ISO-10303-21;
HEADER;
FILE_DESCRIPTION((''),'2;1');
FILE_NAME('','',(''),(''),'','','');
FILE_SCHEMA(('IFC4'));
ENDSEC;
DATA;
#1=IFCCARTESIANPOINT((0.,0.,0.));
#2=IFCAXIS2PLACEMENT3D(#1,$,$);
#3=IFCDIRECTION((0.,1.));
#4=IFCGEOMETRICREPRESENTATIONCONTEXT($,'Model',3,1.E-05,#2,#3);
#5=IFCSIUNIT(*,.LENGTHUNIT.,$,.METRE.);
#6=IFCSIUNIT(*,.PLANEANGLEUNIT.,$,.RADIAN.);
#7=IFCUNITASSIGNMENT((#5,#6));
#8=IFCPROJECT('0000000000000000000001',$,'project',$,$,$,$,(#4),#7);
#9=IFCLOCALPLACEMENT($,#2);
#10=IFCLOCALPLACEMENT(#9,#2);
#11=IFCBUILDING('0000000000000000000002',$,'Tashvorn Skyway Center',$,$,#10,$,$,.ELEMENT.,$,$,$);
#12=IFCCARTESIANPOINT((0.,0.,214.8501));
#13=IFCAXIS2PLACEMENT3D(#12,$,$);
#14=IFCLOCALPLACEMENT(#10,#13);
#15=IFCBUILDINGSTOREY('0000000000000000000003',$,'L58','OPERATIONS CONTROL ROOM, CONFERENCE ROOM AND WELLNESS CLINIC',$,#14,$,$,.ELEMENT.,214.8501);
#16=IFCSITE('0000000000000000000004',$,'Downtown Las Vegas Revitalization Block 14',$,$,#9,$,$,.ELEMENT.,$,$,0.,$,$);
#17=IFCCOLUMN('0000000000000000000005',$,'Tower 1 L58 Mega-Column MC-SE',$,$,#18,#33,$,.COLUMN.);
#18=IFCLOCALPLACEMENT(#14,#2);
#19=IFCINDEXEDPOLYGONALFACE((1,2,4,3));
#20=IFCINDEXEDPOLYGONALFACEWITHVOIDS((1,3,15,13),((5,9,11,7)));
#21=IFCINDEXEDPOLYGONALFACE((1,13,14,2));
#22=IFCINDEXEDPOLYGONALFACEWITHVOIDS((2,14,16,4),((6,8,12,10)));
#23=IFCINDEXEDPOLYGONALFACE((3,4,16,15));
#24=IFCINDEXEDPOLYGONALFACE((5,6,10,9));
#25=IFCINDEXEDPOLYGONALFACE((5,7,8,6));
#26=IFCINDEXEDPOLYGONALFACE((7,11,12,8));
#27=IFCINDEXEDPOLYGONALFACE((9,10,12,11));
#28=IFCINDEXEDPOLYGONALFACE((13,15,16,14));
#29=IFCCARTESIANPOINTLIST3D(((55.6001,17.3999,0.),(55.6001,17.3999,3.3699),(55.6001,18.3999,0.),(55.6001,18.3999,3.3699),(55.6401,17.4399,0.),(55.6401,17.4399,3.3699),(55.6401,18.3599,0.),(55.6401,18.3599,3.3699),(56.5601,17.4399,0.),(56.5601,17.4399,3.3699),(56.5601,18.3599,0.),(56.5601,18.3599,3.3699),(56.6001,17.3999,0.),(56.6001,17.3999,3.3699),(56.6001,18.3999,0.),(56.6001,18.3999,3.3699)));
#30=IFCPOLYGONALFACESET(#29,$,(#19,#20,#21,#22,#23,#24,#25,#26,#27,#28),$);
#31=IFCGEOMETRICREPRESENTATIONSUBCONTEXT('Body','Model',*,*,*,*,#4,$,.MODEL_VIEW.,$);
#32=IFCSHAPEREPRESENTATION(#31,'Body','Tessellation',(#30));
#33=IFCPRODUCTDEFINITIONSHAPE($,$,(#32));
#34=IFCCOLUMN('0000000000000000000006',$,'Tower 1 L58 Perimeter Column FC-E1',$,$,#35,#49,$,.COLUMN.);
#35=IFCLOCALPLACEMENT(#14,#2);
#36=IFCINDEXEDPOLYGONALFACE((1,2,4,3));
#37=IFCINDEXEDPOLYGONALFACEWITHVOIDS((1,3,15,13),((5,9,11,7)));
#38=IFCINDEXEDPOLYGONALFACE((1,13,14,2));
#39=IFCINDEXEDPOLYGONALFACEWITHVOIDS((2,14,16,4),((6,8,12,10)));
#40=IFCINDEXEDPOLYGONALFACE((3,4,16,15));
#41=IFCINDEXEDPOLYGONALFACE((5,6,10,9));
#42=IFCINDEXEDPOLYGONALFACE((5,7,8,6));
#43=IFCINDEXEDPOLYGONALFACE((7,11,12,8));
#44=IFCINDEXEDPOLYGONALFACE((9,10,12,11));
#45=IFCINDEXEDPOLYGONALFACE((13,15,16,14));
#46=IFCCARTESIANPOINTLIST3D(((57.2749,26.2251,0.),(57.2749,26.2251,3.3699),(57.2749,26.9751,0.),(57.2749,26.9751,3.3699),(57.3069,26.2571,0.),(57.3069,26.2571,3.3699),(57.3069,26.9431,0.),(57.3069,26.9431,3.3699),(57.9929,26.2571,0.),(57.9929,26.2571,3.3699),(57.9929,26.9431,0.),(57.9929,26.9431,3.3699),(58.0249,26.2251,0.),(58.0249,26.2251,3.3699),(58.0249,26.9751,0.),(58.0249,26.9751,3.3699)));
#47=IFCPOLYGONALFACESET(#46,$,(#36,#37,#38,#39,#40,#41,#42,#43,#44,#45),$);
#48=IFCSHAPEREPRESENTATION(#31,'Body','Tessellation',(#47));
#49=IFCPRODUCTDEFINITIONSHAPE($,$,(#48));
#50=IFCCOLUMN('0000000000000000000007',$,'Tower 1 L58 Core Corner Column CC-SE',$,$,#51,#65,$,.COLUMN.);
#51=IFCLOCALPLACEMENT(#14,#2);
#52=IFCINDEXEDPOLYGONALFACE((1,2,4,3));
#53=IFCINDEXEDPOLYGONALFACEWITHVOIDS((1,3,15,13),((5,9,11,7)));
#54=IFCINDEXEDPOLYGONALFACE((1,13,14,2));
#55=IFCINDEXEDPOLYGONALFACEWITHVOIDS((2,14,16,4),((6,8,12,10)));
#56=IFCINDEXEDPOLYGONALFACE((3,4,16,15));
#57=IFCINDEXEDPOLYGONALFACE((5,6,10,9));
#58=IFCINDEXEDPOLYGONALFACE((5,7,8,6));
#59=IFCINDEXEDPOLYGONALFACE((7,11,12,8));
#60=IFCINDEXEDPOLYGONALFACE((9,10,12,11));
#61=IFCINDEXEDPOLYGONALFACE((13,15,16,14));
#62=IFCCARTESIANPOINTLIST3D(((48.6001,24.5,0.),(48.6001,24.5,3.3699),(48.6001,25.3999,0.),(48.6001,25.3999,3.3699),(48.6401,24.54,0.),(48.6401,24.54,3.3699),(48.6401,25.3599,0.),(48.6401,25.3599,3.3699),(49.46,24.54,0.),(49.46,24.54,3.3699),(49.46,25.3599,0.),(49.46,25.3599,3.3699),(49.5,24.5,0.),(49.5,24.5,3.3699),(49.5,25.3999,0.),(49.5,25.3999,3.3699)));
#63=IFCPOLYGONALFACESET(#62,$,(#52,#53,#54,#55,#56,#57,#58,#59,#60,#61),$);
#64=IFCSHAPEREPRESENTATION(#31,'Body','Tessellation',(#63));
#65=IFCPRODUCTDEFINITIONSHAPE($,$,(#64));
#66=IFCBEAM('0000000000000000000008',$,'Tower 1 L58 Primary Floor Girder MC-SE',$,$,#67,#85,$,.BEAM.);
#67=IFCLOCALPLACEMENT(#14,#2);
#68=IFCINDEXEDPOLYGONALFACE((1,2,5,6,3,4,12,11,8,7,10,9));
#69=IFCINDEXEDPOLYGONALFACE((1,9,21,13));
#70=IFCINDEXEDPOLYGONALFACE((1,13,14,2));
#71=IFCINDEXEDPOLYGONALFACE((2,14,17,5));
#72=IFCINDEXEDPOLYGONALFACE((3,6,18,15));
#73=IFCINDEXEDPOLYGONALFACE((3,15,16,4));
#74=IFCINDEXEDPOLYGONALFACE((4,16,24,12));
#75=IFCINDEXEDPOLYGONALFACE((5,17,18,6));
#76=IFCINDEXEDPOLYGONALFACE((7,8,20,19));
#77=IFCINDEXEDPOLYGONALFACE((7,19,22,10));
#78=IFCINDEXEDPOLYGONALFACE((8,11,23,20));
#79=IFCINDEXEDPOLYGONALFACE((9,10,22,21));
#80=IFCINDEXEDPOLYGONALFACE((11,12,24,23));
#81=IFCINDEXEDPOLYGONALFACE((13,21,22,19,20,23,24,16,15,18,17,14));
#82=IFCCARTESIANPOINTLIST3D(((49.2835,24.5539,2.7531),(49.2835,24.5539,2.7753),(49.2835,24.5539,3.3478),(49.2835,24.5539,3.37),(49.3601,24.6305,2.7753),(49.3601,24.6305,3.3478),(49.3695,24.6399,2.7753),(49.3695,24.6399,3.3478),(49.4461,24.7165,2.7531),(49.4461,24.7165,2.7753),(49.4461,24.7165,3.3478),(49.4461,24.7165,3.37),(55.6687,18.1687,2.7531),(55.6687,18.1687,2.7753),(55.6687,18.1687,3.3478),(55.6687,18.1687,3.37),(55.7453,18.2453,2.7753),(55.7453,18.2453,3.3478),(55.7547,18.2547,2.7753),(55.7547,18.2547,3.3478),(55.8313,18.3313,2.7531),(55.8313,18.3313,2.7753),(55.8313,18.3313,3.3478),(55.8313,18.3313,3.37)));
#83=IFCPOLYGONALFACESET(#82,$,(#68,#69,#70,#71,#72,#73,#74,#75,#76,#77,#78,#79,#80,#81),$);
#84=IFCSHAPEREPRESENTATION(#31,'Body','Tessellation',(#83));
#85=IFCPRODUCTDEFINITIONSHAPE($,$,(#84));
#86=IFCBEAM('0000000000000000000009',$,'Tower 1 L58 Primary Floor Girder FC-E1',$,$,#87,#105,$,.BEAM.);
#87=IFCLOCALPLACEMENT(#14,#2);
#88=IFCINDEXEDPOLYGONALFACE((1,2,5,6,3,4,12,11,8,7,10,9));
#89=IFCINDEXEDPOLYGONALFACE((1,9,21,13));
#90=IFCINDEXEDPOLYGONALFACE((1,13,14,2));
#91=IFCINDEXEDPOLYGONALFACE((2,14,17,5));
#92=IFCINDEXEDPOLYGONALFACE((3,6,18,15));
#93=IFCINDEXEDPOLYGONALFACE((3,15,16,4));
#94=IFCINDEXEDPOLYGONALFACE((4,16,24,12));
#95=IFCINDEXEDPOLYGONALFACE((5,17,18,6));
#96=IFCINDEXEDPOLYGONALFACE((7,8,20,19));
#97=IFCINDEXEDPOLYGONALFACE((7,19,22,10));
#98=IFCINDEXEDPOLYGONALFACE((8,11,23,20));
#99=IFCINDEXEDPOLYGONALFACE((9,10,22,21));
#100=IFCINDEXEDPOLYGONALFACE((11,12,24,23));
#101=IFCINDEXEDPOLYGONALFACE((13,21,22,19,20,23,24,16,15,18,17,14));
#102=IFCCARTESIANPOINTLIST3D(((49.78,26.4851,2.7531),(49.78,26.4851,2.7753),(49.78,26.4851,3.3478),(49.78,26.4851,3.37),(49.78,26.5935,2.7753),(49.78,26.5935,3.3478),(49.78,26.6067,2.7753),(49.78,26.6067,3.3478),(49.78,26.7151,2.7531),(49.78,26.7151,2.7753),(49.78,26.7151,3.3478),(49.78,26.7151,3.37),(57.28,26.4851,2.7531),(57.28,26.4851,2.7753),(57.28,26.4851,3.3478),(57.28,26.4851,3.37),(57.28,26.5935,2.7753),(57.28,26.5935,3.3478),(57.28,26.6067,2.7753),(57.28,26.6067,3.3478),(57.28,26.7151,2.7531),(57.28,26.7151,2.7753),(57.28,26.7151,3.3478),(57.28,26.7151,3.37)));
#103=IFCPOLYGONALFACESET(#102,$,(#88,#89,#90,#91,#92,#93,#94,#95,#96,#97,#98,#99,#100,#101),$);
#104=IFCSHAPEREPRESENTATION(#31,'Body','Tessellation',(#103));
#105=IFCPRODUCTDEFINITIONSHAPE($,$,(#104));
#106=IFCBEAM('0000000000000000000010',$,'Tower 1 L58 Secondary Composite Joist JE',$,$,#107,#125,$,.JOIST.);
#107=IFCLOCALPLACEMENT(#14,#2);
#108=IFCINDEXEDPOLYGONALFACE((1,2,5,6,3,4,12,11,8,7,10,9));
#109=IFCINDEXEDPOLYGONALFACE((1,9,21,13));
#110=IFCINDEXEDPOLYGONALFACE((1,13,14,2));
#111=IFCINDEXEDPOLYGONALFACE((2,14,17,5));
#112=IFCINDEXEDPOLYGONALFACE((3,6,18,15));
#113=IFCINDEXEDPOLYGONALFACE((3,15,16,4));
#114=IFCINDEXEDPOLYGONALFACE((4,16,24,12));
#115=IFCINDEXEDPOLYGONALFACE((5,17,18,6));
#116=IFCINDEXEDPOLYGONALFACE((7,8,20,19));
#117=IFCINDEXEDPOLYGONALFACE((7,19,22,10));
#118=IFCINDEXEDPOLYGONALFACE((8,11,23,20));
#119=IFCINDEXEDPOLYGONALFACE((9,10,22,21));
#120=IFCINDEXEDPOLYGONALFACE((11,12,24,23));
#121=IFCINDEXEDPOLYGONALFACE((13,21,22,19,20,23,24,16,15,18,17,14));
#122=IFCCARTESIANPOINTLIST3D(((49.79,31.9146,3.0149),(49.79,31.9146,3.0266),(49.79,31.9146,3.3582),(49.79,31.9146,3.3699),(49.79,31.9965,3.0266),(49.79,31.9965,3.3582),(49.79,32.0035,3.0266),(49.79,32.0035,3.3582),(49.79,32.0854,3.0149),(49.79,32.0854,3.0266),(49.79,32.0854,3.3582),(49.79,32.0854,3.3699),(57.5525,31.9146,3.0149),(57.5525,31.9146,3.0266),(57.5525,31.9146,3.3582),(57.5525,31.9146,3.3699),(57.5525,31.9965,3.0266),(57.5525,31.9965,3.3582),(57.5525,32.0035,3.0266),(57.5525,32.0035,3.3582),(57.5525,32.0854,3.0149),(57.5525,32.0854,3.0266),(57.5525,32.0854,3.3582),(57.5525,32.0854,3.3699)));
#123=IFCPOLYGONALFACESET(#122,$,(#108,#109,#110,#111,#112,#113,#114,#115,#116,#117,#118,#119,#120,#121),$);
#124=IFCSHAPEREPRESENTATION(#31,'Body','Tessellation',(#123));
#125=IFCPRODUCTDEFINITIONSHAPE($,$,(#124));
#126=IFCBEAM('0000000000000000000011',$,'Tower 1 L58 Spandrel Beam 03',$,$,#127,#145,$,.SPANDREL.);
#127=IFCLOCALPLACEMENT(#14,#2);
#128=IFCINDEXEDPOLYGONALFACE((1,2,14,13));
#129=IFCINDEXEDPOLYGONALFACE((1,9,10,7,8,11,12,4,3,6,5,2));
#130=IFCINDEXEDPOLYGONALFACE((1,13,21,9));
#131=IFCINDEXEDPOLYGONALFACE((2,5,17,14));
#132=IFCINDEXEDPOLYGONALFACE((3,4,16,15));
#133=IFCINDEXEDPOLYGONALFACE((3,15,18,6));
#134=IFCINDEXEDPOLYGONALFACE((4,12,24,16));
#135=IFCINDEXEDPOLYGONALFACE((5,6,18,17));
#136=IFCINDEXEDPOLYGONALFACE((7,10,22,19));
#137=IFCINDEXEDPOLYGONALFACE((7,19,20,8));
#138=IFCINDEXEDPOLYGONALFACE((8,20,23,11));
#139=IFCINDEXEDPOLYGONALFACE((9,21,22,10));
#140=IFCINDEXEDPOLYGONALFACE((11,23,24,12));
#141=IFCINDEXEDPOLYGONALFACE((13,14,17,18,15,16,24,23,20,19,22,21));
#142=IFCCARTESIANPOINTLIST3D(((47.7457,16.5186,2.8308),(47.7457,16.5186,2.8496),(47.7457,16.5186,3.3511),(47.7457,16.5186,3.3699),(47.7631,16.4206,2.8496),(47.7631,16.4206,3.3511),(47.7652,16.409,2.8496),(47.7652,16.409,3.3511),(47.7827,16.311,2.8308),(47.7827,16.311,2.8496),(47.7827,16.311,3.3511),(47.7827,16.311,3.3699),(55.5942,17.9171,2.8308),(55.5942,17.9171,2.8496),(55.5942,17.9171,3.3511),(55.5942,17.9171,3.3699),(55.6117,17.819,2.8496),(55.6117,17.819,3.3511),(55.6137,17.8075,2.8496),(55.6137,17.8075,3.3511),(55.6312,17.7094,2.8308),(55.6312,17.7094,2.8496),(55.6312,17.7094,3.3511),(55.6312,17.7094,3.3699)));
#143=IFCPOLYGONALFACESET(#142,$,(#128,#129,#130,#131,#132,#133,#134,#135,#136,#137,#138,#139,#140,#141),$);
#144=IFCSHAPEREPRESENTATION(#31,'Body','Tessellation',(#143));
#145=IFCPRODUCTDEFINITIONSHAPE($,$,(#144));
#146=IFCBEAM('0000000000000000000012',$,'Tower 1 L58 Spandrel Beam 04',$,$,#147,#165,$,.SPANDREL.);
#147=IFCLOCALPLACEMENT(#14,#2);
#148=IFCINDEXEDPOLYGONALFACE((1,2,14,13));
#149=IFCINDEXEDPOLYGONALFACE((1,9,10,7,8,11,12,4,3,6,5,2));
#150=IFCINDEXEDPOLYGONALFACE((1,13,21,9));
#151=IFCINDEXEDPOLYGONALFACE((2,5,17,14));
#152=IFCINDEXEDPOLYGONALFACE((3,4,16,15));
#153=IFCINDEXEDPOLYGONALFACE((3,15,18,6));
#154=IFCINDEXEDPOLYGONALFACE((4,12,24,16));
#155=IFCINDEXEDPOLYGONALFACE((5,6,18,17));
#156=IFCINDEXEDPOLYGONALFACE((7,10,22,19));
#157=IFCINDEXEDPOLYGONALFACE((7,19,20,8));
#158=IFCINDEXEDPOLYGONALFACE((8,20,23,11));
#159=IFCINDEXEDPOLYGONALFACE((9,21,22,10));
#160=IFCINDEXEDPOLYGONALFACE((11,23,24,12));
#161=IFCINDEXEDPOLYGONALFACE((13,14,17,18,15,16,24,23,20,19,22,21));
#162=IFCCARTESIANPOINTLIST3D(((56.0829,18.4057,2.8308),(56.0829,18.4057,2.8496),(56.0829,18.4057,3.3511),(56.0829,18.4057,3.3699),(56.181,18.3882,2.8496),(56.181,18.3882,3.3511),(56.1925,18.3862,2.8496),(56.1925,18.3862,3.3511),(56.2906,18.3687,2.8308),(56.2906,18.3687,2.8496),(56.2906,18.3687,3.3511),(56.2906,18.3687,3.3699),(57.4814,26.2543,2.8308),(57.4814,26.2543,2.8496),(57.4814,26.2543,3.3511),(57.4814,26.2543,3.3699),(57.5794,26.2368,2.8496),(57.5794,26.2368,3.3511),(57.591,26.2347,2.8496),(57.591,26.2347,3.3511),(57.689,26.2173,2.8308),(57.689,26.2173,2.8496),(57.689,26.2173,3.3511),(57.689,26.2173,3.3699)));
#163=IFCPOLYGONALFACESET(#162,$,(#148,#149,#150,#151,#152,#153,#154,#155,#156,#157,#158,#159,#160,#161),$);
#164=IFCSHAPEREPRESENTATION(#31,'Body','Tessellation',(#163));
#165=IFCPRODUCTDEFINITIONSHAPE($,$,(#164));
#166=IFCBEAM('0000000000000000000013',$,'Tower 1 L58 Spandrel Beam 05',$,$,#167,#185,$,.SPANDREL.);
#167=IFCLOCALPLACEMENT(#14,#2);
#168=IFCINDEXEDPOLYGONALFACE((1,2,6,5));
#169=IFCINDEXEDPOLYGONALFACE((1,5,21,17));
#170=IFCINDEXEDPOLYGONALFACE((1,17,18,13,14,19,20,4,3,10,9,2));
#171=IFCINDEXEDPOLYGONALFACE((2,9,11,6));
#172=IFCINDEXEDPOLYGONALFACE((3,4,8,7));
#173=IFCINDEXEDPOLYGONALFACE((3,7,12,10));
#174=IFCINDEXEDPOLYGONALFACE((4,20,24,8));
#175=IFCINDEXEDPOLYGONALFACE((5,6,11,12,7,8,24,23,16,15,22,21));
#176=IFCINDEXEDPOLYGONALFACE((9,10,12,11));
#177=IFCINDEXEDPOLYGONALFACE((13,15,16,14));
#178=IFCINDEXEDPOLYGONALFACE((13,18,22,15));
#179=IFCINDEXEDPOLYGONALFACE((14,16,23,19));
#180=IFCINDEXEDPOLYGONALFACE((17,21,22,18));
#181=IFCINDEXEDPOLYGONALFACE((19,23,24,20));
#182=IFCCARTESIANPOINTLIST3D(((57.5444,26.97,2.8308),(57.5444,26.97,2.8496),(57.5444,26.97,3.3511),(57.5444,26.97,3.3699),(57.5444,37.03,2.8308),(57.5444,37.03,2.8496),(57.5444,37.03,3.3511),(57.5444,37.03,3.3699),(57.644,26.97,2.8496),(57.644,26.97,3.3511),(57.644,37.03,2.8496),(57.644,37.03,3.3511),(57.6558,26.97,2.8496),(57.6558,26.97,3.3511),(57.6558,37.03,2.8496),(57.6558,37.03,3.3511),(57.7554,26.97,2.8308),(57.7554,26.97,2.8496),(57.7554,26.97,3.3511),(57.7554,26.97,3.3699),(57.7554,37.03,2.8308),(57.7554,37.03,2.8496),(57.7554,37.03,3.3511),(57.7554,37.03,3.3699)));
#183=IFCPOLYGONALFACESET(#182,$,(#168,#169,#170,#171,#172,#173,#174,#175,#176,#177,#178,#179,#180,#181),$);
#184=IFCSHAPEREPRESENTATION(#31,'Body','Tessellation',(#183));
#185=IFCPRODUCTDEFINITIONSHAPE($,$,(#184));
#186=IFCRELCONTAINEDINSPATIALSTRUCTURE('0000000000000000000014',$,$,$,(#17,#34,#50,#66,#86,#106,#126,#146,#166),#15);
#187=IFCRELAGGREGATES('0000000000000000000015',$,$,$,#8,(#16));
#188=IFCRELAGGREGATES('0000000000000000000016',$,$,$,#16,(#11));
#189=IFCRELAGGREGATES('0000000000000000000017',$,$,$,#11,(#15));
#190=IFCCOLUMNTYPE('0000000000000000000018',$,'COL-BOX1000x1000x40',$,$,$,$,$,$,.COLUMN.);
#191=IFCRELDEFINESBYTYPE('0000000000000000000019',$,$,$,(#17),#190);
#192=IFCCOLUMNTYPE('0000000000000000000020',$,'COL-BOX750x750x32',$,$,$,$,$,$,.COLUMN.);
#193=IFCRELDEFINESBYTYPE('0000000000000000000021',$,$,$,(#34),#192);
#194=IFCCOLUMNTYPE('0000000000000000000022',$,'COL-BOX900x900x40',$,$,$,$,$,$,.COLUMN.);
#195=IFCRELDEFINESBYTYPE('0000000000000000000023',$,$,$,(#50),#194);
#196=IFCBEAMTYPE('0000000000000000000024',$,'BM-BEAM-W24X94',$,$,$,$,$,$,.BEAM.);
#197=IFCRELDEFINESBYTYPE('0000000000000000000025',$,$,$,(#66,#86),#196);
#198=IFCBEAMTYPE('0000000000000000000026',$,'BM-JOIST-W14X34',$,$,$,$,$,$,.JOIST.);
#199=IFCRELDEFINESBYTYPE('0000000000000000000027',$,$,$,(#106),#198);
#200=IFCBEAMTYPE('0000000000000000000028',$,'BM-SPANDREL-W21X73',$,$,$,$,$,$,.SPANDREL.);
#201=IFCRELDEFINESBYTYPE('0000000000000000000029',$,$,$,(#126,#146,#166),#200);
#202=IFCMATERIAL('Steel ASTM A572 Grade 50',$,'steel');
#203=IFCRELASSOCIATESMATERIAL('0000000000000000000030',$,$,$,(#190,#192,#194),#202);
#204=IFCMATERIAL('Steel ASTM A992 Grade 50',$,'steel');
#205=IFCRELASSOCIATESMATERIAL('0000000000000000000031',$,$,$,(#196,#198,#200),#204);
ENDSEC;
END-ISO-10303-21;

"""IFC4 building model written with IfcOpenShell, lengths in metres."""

from ifc_helpers import new_model, si_unit, direction, frame, origin, origin_2d, place, context, subcontext, project, spatial, hollow_rectangle, i_section, extrude, material, material_profile, profile_set, type_object, element, save


model = new_model("IFC4")

# Units and contexts
model_context = context("Model", 3, precision=1e-05, world=origin(), true_north=direction((0.0, 1.0)))
body_context = subcontext(model_context, "Body", "Model", "MODEL_VIEW")
ifc_project = project(units=[si_unit("LENGTHUNIT", "METRE"), si_unit("PLANEANGLEUNIT", "RADIAN")], contexts=[model_context])

# Site, building, storey
site_placement = place(None, origin())
site = spatial("IfcSite", under=ifc_project, at=site_placement, Name="Downtown Las Vegas Revitalization Block 14", CompositionType="ELEMENT", RefElevation=0.0)
building_placement = place(site_placement, origin())
building = spatial("IfcBuilding", under=site, at=building_placement, Name="Tashvorn Skyway Center", CompositionType="ELEMENT")
storey_placement = place(building_placement, frame((0.0, 0.0, 214.8501)))
storey = spatial("IfcBuildingStorey", under=building, at=storey_placement, Name="L58", Description="OPERATIONS CONTROL ROOM, CONFERENCE ROOM AND WELLNESS CLINIC", CompositionType="ELEMENT", Elevation=214.8501)

# Columns
ifc_material_1 = material(Name="Steel ASTM A572 Grade 50", Category="steel")
ifc_material_profile_1 = material_profile(ifc_material_1, hollow_rectangle(XDim=1.0, YDim=1.0, WallThickness=0.04, at=origin_2d()), Name="BOX1000x1000x40")
ifc_profile_set_1 = profile_set([ifc_material_profile_1], Name="Steel ASTM A572 Grade 50")
column_type_1 = type_object("IfcColumnType", Name="COL-BOX1000x1000x40", PredefinedType="COLUMN", material=ifc_profile_set_1)
column_1_placement = place(storey_placement, frame((56.1001, 17.8999, 0.0), z_axis=(0.0, 0.0, 1.0), x_axis=(1.0, 0.0, 0.0)))
element("IfcColumn", 1, at=column_1_placement, inside=storey, type_object=column_type_1, Name="Tower 1 L58 Mega-Column MC-SE", PredefinedType="COLUMN", context=body_context, shape_type="SweptSolid", body=[
    extrude(hollow_rectangle(XDim=1.0, YDim=1.0, WallThickness=0.04, at=origin_2d()), origin(), (0.0, 0.0, 1.0), 3.3699),
])
ifc_material_profile_2 = material_profile(ifc_material_1, hollow_rectangle(XDim=0.75, YDim=0.75, WallThickness=0.032, at=origin_2d()), Name="BOX750x750x32")
ifc_profile_set_2 = profile_set([ifc_material_profile_2], Name="Steel ASTM A572 Grade 50")
column_type_2 = type_object("IfcColumnType", Name="COL-BOX750x750x32", PredefinedType="COLUMN", material=ifc_profile_set_2)
column_2_placement = place(storey_placement, frame((57.6499, 26.6001, 0.0), z_axis=(0.0, 0.0, 1.0), x_axis=(1.0, 0.0, 0.0)))
element("IfcColumn", 2, at=column_2_placement, inside=storey, type_object=column_type_2, Name="Tower 1 L58 Perimeter Column FC-E1", PredefinedType="COLUMN", context=body_context, shape_type="SweptSolid", body=[
    extrude(hollow_rectangle(XDim=0.75, YDim=0.75, WallThickness=0.032, at=origin_2d()), origin(), (0.0, 0.0, 1.0), 3.3699),
])
ifc_material_profile_3 = material_profile(ifc_material_1, hollow_rectangle(XDim=0.8999, YDim=0.8999, WallThickness=0.04, at=origin_2d()), Name="BOX900x900x40")
ifc_profile_set_3 = profile_set([ifc_material_profile_3], Name="Steel ASTM A572 Grade 50")
column_type_3 = type_object("IfcColumnType", Name="COL-BOX900x900x40", PredefinedType="COLUMN", material=ifc_profile_set_3)
column_3_placement = place(storey_placement, frame((49.05, 24.95, 0.0), z_axis=(0.0, 0.0, 1.0), x_axis=(1.0, 0.0, 0.0)))
element("IfcColumn", 3, at=column_3_placement, inside=storey, type_object=column_type_3, Name="Tower 1 L58 Core Corner Column CC-SE", PredefinedType="COLUMN", context=body_context, shape_type="SweptSolid", body=[
    extrude(hollow_rectangle(XDim=0.8999, YDim=0.8999, WallThickness=0.04, at=origin_2d()), origin(), (0.0, 0.0, 1.0), 3.3699),
])

# Beams
ifc_material_2 = material(Name="Steel ASTM A992 Grade 50", Category="steel")
ifc_material_profile_4 = material_profile(ifc_material_2, i_section(OverallWidth=0.23, OverallDepth=0.6169, WebThickness=0.0132, FlangeThickness=0.0222, at=origin_2d()), Name="W24X94")
ifc_profile_set_4 = profile_set([ifc_material_profile_4], Name="Steel ASTM A992 Grade 50")
beam_type_1 = type_object("IfcBeamType", Name="BM-BEAM-W24X94", PredefinedType="BEAM", material=ifc_profile_set_4)
beam_1_placement = place(storey_placement, frame((55.75, 18.25, 3.0615), z_axis=(-0.707107, 0.707107, 0.0), x_axis=(-0.707107, -0.707107, 0.0)))
element("IfcBeam", 4, at=beam_1_placement, inside=storey, type_object=beam_type_1, Name="Tower 1 L58 Primary Floor Girder MC-SE", PredefinedType="BEAM", context=body_context, shape_type="SweptSolid", body=[
    extrude(i_section(OverallWidth=0.23, OverallDepth=0.6169, WebThickness=0.0132, FlangeThickness=0.0222, at=origin_2d()), origin(), (0.0, 0.0, 1.0), 9.03),
])
beam_2_placement = place(storey_placement, frame((57.28, 26.6001, 3.0615), z_axis=(-1.0, 0.0, 0.0), x_axis=(0.0, -1.0, 0.0)))
element("IfcBeam", 5, at=beam_2_placement, inside=storey, type_object=beam_type_1, Name="Tower 1 L58 Primary Floor Girder FC-E1", PredefinedType="BEAM", context=body_context, shape_type="SweptSolid", body=[
    extrude(i_section(OverallWidth=0.23, OverallDepth=0.6169, WebThickness=0.0132, FlangeThickness=0.0222, at=origin_2d()), origin(), (0.0, 0.0, 1.0), 7.5),
])
ifc_material_profile_5 = material_profile(ifc_material_2, i_section(OverallWidth=0.1709, OverallDepth=0.355, WebThickness=0.0071, FlangeThickness=0.0117, at=origin_2d()), Name="W14X34")
ifc_profile_set_5 = profile_set([ifc_material_profile_5], Name="Steel ASTM A992 Grade 50")
beam_type_2 = type_object("IfcBeamType", Name="BM-JOIST-W14X34", PredefinedType="JOIST", material=ifc_profile_set_5)
beam_3_placement = place(storey_placement, frame((49.79, 32.0, 3.1924), z_axis=(1.0, 0.0, 0.0), x_axis=(0.0, 1.0, 0.0)))
element("IfcBeam", 6, at=beam_3_placement, inside=storey, type_object=beam_type_2, Name="Tower 1 L58 Secondary Composite Joist JE", PredefinedType="JOIST", context=body_context, shape_type="SweptSolid", body=[
    extrude(i_section(OverallWidth=0.1709, OverallDepth=0.355, WebThickness=0.0071, FlangeThickness=0.0117, at=origin_2d()), origin(), (0.0, 0.0, 1.0), 7.7625),
])
ifc_material_profile_6 = material_profile(ifc_material_2, i_section(OverallWidth=0.2109, OverallDepth=0.5391, WebThickness=0.0117, FlangeThickness=0.0188, at=origin_2d()), Name="W21X73")
ifc_profile_set_6 = profile_set([ifc_material_profile_6], Name="Steel ASTM A992 Grade 50")
beam_type_3 = type_object("IfcBeamType", Name="BM-SPANDREL-W21X73", PredefinedType="SPANDREL", material=ifc_profile_set_6)
for number, where, z_axis, x_axis, name in (
    (7, (47.7642, 16.4148, 3.1003), (0.984495, 0.175413, 0.0), (-0.175413, 0.984495, 0.0), "Tower 1 L58 Spandrel Beam 03"),
    (8, (56.1868, 18.3872, 3.1003), (0.175413, 0.984495, 0.0), (-0.984495, 0.175413, 0.0), "Tower 1 L58 Spandrel Beam 04"),
):
    element("IfcBeam", number, at=place(storey_placement, frame(where, z_axis=z_axis, x_axis=x_axis)), inside=storey, type_object=beam_type_3, Name=name, PredefinedType="SPANDREL", context=body_context, shape_type="SweptSolid", body=[
        extrude(i_section(OverallWidth=0.2109, OverallDepth=0.5391, WebThickness=0.0117, FlangeThickness=0.0188, at=origin_2d()), origin(), (0.0, 0.0, 1.0), 7.9722),
    ])
beam_4_placement = place(storey_placement, frame((57.6499, 26.97, 3.1003), z_axis=(0.0, 1.0, 0.0), x_axis=(-1.0, 0.0, 0.0)))
element("IfcBeam", 9, at=beam_4_placement, inside=storey, type_object=beam_type_3, Name="Tower 1 L58 Spandrel Beam 05", PredefinedType="SPANDREL", context=body_context, shape_type="SweptSolid", body=[
    extrude(i_section(OverallWidth=0.2109, OverallDepth=0.5391, WebThickness=0.0117, FlangeThickness=0.0188, at=origin_2d()), origin(), (0.0, 0.0, 1.0), 10.0601),
])

save(model, "model.ifc")
